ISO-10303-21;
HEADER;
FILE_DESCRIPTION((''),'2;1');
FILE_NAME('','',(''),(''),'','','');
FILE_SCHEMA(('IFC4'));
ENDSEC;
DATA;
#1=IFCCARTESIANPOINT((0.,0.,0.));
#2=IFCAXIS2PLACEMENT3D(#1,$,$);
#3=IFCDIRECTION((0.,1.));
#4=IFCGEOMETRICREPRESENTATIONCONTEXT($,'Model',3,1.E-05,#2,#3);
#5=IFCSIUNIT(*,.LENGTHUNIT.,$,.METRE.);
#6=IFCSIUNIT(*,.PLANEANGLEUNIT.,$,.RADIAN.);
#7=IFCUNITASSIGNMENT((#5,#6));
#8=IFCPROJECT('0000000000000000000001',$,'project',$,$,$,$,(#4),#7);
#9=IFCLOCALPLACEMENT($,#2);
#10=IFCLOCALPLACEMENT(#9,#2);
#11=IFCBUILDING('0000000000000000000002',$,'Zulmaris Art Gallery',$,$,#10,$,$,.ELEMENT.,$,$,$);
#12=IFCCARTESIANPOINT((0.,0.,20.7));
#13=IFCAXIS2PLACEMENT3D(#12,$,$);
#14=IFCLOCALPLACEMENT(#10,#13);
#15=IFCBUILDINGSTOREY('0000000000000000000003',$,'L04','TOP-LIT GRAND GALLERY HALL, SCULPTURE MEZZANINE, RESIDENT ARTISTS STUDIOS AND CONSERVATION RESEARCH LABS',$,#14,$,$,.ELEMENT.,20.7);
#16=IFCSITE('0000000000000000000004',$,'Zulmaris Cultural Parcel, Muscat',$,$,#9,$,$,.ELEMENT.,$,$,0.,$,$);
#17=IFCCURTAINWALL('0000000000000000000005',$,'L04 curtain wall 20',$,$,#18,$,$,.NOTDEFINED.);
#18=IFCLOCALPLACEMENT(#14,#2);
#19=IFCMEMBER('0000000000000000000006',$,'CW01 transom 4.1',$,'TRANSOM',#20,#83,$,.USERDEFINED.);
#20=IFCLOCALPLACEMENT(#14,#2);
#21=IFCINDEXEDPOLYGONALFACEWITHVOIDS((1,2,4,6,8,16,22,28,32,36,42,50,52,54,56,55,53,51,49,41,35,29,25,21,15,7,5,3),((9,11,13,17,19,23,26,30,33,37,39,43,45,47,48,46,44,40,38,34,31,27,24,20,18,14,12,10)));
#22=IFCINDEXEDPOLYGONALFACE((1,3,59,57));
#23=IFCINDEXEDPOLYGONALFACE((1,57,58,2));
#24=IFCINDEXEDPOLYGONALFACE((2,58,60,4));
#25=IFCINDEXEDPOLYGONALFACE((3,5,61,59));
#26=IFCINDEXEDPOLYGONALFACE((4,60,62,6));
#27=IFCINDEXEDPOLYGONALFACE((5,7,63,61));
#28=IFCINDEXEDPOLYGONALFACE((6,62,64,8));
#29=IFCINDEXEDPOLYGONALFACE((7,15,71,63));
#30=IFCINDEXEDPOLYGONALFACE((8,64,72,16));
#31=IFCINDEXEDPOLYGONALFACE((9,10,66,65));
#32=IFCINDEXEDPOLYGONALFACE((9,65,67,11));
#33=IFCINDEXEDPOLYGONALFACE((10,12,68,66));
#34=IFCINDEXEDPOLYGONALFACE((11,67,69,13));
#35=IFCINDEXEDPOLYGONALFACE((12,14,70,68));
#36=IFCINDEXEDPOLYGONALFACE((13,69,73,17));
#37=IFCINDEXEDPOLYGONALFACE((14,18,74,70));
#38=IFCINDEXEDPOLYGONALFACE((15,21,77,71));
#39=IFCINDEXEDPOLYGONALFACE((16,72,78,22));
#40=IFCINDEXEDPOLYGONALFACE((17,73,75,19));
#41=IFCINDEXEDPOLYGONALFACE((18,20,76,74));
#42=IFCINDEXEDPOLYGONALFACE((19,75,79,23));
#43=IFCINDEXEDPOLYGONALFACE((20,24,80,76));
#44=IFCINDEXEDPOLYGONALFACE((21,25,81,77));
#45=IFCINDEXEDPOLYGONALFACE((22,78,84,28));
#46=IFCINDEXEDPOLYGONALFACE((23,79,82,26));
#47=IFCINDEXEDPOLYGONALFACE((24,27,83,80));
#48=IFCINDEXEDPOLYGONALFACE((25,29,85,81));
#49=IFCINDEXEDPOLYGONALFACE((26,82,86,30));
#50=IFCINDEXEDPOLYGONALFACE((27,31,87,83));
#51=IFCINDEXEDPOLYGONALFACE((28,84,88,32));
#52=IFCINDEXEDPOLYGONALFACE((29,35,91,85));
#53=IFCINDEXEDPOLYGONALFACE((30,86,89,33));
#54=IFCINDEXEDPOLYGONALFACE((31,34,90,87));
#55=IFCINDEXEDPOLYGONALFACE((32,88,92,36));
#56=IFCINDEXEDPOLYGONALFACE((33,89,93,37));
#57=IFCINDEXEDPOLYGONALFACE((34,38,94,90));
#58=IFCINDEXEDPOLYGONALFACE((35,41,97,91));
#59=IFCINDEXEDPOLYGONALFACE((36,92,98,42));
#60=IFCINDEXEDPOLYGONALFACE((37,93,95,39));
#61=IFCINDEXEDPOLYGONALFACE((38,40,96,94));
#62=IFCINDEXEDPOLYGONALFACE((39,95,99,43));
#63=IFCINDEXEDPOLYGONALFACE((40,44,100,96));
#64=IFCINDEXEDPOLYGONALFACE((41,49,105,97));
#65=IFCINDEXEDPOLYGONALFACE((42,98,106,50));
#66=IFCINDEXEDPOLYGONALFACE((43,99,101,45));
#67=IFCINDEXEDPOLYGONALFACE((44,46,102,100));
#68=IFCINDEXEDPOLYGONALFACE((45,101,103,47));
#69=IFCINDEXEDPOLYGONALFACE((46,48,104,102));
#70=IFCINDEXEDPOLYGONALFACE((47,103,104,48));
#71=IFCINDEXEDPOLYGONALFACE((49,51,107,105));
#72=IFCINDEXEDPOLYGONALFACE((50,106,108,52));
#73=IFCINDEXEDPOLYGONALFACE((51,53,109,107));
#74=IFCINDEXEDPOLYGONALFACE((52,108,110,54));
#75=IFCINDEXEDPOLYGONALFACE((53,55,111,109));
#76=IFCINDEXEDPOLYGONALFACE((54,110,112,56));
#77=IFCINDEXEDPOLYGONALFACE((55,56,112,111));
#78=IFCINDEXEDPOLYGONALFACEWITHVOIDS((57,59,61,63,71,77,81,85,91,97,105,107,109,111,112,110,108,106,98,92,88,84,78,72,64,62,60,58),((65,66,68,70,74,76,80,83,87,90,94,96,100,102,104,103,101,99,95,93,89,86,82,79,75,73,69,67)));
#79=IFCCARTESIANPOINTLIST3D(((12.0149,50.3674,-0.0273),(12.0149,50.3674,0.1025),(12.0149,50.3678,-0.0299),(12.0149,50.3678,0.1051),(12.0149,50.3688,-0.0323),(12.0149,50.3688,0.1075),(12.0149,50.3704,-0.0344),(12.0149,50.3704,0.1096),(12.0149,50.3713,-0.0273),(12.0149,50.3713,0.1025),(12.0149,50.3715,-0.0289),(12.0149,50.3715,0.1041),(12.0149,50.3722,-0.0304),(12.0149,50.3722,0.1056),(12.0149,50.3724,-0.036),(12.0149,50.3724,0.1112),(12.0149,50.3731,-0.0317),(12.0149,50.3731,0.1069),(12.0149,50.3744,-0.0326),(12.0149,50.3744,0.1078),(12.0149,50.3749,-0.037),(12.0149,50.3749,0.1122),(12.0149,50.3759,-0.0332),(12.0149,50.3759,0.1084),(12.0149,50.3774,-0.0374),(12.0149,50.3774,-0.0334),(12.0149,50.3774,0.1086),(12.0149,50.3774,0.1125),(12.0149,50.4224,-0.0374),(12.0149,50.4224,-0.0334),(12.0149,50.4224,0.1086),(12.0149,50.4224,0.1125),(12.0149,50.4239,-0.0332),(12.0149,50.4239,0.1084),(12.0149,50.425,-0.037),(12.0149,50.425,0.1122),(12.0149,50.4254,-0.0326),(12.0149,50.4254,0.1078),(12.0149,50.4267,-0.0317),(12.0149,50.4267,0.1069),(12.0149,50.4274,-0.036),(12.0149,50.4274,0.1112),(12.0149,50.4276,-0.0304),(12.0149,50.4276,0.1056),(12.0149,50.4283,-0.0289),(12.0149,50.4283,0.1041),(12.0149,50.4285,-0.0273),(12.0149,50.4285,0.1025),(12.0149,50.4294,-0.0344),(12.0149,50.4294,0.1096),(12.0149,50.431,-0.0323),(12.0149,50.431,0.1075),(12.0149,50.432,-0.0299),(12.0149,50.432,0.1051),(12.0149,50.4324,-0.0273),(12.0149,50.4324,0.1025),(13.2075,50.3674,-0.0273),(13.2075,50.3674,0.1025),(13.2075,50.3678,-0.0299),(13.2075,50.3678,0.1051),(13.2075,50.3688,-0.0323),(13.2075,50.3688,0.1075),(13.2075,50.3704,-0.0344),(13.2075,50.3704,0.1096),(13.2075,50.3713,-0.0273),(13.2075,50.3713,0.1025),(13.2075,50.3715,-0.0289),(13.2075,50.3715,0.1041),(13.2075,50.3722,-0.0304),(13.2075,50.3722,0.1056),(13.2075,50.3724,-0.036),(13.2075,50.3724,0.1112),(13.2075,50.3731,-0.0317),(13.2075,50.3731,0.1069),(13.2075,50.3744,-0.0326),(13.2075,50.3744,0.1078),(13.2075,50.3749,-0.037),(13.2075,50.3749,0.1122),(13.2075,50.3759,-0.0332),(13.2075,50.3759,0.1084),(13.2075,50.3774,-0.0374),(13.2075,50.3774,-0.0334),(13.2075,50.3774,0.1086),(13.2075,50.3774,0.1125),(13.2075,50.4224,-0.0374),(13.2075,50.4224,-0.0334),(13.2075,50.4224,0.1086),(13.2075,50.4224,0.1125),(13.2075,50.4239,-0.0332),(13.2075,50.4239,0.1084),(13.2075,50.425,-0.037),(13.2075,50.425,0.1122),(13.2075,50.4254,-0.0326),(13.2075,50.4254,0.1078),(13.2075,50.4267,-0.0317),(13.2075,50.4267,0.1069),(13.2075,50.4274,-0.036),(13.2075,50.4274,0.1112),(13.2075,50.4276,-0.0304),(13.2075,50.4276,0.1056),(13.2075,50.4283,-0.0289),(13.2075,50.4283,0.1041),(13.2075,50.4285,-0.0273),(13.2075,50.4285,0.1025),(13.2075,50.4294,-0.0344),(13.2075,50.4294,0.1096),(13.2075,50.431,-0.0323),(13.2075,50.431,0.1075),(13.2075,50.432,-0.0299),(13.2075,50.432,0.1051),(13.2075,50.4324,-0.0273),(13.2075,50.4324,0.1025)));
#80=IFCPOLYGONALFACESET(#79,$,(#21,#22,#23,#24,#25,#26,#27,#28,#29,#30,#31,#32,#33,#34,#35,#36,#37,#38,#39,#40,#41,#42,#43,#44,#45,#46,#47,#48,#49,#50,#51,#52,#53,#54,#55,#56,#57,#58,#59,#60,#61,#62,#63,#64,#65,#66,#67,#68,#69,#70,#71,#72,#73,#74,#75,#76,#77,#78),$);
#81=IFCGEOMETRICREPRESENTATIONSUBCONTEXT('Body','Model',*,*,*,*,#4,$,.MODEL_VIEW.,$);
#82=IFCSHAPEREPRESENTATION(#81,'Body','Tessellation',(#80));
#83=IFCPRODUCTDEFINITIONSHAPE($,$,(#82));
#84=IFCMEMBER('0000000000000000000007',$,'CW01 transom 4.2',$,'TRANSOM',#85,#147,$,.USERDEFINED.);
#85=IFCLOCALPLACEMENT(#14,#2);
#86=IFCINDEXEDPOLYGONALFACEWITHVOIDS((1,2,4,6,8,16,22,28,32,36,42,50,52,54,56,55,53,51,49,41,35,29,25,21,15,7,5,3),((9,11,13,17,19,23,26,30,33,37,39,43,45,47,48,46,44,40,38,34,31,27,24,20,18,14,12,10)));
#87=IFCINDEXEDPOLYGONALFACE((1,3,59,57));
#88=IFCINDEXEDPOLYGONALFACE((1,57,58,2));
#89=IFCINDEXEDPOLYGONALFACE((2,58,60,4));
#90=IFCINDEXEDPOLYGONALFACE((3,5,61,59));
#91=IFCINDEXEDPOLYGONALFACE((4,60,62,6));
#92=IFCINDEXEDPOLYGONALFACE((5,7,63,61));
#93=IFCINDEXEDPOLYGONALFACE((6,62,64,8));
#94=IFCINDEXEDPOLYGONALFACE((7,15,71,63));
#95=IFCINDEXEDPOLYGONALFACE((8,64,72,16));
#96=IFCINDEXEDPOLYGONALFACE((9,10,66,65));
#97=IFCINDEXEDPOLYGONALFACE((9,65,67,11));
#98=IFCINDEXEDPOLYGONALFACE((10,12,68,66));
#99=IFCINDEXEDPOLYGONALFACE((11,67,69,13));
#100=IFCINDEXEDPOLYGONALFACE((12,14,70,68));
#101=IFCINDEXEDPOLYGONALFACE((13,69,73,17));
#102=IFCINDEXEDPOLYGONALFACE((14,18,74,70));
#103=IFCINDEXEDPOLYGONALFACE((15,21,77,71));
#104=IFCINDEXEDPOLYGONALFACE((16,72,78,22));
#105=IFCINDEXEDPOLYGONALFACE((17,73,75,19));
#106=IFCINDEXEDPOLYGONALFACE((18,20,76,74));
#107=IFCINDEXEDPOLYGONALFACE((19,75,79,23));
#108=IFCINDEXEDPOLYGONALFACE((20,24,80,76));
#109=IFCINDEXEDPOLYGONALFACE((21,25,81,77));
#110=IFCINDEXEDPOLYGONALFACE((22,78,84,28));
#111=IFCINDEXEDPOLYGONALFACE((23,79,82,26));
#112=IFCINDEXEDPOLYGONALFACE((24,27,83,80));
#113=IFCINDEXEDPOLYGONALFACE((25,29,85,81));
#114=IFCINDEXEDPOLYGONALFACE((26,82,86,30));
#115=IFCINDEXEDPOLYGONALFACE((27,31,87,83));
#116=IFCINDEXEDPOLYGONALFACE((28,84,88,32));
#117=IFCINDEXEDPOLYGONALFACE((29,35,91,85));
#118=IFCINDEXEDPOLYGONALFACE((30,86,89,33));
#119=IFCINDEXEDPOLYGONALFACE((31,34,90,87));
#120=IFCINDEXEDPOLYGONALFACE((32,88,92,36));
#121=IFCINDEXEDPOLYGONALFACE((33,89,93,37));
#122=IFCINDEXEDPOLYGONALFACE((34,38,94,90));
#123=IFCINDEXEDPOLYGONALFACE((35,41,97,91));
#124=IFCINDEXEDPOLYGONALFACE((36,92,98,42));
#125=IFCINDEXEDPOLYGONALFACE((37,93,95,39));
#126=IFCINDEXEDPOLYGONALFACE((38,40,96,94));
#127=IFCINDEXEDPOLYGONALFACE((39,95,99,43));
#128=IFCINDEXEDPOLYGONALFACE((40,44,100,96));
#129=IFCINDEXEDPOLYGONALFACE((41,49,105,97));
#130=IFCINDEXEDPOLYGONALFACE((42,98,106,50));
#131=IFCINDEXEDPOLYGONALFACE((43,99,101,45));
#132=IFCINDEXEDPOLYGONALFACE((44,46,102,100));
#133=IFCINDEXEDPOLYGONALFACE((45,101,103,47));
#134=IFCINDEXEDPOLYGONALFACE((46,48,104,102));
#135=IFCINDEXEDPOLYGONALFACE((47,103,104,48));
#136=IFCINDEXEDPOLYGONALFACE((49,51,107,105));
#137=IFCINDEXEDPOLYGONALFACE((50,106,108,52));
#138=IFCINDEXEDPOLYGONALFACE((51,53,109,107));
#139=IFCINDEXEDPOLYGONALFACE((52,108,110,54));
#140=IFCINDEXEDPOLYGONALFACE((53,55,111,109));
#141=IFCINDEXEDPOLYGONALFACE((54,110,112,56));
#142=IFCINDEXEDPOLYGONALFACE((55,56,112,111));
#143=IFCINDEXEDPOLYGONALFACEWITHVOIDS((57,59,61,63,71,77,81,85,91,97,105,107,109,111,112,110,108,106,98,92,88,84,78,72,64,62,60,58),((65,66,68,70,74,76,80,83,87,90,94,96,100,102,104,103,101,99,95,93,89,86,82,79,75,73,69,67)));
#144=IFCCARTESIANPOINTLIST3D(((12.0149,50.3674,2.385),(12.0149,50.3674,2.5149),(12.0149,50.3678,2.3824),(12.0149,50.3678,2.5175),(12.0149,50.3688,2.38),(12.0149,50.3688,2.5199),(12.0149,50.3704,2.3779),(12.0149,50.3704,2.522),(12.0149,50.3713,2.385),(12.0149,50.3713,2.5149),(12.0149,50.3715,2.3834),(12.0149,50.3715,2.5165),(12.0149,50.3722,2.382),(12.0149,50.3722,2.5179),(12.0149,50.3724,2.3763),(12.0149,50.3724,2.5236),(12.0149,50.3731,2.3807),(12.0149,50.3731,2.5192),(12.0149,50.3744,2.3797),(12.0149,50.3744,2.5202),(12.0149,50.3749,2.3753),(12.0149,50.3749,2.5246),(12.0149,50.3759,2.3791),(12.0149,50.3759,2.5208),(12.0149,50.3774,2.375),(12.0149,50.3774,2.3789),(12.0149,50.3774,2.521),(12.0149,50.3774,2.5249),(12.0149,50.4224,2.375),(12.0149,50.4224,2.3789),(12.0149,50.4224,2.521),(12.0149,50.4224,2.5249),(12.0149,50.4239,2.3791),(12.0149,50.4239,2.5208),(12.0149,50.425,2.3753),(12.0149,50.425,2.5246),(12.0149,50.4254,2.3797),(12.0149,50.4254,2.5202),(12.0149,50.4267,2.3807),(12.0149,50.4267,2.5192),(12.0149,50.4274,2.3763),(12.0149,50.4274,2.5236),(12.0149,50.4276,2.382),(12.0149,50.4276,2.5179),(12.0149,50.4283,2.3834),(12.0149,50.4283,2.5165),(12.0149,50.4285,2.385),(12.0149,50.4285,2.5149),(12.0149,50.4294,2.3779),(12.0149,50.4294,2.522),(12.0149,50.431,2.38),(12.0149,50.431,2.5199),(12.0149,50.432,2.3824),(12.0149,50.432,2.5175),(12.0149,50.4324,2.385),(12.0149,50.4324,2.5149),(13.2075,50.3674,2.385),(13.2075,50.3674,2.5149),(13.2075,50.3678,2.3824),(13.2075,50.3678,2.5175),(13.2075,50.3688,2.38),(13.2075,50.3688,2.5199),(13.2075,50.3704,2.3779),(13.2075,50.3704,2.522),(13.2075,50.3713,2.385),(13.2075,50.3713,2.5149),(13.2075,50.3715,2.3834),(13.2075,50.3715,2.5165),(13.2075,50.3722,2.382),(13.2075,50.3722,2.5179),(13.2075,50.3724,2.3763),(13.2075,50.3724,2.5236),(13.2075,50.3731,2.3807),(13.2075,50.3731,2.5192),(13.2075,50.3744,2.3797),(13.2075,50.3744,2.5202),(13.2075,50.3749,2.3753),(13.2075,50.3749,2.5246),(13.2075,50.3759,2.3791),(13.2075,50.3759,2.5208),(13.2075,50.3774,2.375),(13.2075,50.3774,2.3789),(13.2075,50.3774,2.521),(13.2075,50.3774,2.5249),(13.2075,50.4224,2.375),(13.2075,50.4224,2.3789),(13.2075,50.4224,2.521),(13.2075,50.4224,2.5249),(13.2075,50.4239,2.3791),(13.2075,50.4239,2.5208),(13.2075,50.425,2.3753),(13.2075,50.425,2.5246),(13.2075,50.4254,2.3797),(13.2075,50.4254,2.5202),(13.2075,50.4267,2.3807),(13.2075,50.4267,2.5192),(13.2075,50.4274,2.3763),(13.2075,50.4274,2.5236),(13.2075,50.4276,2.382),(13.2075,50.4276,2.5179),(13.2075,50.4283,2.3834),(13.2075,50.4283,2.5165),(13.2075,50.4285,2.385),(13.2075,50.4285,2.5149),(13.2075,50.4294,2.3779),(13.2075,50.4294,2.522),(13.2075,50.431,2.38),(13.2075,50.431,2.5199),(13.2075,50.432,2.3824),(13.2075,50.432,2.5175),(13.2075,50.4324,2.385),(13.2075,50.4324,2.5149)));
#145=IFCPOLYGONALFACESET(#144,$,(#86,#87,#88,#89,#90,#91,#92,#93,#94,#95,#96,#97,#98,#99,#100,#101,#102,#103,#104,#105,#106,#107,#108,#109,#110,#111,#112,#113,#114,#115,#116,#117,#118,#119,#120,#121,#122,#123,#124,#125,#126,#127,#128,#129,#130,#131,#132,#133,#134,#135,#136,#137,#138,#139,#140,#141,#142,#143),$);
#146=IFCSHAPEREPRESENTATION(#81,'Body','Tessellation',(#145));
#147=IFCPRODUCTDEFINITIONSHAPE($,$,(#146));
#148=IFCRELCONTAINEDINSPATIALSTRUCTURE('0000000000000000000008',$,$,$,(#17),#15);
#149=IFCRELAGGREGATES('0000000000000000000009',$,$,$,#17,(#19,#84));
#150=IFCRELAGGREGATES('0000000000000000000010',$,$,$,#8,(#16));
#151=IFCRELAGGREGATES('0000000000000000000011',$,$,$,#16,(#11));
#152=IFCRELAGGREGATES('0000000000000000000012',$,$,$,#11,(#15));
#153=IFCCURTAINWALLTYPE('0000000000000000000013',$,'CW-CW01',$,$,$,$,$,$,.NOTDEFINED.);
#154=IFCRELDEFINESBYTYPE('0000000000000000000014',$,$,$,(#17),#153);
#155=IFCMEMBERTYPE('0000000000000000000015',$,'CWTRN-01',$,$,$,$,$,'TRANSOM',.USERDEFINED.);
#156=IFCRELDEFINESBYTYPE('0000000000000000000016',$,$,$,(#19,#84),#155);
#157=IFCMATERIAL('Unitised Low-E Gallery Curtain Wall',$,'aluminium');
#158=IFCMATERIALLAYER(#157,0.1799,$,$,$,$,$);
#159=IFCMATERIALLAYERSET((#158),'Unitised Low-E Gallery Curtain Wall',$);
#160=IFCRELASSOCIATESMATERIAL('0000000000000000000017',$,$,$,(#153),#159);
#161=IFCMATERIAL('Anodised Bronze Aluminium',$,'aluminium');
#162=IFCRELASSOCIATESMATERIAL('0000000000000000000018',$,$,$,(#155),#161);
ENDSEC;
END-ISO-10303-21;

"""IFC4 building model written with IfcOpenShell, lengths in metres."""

from ifc_helpers import new_model, si_unit, direction, frame, origin, origin_2d, place, context, subcontext, project, spatial, hollow_rectangle, extrude, material, layer, layer_set, material_profile, profile_set, type_object, element, aggregate, save


model = new_model("IFC4")

# Units and contexts
model_context = context("Model", 3, precision=1e-05, world=origin(), true_north=direction((0.0, 1.0)))
body_context = subcontext(model_context, "Body", "Model", "MODEL_VIEW")
ifc_project = project(units=[si_unit("LENGTHUNIT", "METRE"), si_unit("PLANEANGLEUNIT", "RADIAN")], contexts=[model_context])

# Site, building, storey
site_placement = place(None, origin())
site = spatial("IfcSite", under=ifc_project, at=site_placement, Name="Zulmaris Cultural Parcel, Muscat", CompositionType="ELEMENT", RefElevation=0.0)
building_placement = place(site_placement, origin())
building = spatial("IfcBuilding", under=site, at=building_placement, Name="Zulmaris Art Gallery", CompositionType="ELEMENT")
storey_placement = place(building_placement, frame((0.0, 0.0, 20.7)))
storey = spatial("IfcBuildingStorey", under=building, at=storey_placement, Name="L04", Description="TOP-LIT GRAND GALLERY HALL, SCULPTURE MEZZANINE, RESIDENT ARTISTS STUDIOS AND CONSERVATION RESEARCH LABS", CompositionType="ELEMENT", Elevation=20.7)

# Curtain wall
ifc_material_1 = material(Name="Unitised Low-E Gallery Curtain Wall", Category="aluminium")
ifc_layer_1 = layer(ifc_material_1, 0.1799)
ifc_layer_set_1 = layer_set([ifc_layer_1], Name="Unitised Low-E Gallery Curtain Wall")
curtain_wall_type_1 = type_object("IfcCurtainWallType", Name="CW-CW01", PredefinedType="NOTDEFINED", material=ifc_layer_set_1)
curtain_wall_1_placement = place(storey_placement, origin())
curtain_wall_1 = element("IfcCurtainWall", 1, at=curtain_wall_1_placement, inside=storey, type_object=curtain_wall_type_1, Name="L04 curtain wall 20", PredefinedType="NOTDEFINED")
ifc_material_2 = material(Name="Anodised Bronze Aluminium", Category="aluminium")

# Members
ifc_material_profile_1 = material_profile(ifc_material_2, hollow_rectangle(XDim=0.0649, YDim=0.1499, WallThickness=0.0039, InnerFilletRadius=0.0061, OuterFilletRadius=0.01, at=origin_2d()), Name="ALU 65x150x4")
ifc_profile_set_1 = profile_set([ifc_material_profile_1], Name="Anodised Bronze Aluminium")
member_type_1 = type_object("IfcMemberType", Name="CWTRN-01", ElementType="TRANSOM", PredefinedType="USERDEFINED", material=ifc_profile_set_1)
member_1_placement = place(storey_placement, frame((13.2075, 50.3999, 0.0376), z_axis=(-1.0, 0.0, 0.0), x_axis=(0.0, -1.0, 0.0)))
member_1 = element("IfcMember", 2, at=member_1_placement, type_object=member_type_1, Name="CW01 transom 4.1", ObjectType="TRANSOM", PredefinedType="USERDEFINED", context=body_context, shape_type="SweptSolid", body=[
    extrude(hollow_rectangle(XDim=0.0649, YDim=0.1499, WallThickness=0.0039, InnerFilletRadius=0.0061, OuterFilletRadius=0.01, at=origin_2d()), origin(), (0.0, 0.0, 1.0), 1.1926),
])
member_2_placement = place(storey_placement, frame((13.2075, 50.3999, 2.45), z_axis=(-1.0, 0.0, 0.0), x_axis=(0.0, -1.0, 0.0)))
member_2 = element("IfcMember", 3, at=member_2_placement, type_object=member_type_1, Name="CW01 transom 4.2", ObjectType="TRANSOM", PredefinedType="USERDEFINED", context=body_context, shape_type="SweptSolid", body=[
    extrude(hollow_rectangle(XDim=0.0649, YDim=0.1499, WallThickness=0.0039, InnerFilletRadius=0.0061, OuterFilletRadius=0.01, at=origin_2d()), origin(), (0.0, 0.0, 1.0), 1.1926),
])

aggregate(curtain_wall_1, [member_1, member_2])

save(model, "model.ifc")
